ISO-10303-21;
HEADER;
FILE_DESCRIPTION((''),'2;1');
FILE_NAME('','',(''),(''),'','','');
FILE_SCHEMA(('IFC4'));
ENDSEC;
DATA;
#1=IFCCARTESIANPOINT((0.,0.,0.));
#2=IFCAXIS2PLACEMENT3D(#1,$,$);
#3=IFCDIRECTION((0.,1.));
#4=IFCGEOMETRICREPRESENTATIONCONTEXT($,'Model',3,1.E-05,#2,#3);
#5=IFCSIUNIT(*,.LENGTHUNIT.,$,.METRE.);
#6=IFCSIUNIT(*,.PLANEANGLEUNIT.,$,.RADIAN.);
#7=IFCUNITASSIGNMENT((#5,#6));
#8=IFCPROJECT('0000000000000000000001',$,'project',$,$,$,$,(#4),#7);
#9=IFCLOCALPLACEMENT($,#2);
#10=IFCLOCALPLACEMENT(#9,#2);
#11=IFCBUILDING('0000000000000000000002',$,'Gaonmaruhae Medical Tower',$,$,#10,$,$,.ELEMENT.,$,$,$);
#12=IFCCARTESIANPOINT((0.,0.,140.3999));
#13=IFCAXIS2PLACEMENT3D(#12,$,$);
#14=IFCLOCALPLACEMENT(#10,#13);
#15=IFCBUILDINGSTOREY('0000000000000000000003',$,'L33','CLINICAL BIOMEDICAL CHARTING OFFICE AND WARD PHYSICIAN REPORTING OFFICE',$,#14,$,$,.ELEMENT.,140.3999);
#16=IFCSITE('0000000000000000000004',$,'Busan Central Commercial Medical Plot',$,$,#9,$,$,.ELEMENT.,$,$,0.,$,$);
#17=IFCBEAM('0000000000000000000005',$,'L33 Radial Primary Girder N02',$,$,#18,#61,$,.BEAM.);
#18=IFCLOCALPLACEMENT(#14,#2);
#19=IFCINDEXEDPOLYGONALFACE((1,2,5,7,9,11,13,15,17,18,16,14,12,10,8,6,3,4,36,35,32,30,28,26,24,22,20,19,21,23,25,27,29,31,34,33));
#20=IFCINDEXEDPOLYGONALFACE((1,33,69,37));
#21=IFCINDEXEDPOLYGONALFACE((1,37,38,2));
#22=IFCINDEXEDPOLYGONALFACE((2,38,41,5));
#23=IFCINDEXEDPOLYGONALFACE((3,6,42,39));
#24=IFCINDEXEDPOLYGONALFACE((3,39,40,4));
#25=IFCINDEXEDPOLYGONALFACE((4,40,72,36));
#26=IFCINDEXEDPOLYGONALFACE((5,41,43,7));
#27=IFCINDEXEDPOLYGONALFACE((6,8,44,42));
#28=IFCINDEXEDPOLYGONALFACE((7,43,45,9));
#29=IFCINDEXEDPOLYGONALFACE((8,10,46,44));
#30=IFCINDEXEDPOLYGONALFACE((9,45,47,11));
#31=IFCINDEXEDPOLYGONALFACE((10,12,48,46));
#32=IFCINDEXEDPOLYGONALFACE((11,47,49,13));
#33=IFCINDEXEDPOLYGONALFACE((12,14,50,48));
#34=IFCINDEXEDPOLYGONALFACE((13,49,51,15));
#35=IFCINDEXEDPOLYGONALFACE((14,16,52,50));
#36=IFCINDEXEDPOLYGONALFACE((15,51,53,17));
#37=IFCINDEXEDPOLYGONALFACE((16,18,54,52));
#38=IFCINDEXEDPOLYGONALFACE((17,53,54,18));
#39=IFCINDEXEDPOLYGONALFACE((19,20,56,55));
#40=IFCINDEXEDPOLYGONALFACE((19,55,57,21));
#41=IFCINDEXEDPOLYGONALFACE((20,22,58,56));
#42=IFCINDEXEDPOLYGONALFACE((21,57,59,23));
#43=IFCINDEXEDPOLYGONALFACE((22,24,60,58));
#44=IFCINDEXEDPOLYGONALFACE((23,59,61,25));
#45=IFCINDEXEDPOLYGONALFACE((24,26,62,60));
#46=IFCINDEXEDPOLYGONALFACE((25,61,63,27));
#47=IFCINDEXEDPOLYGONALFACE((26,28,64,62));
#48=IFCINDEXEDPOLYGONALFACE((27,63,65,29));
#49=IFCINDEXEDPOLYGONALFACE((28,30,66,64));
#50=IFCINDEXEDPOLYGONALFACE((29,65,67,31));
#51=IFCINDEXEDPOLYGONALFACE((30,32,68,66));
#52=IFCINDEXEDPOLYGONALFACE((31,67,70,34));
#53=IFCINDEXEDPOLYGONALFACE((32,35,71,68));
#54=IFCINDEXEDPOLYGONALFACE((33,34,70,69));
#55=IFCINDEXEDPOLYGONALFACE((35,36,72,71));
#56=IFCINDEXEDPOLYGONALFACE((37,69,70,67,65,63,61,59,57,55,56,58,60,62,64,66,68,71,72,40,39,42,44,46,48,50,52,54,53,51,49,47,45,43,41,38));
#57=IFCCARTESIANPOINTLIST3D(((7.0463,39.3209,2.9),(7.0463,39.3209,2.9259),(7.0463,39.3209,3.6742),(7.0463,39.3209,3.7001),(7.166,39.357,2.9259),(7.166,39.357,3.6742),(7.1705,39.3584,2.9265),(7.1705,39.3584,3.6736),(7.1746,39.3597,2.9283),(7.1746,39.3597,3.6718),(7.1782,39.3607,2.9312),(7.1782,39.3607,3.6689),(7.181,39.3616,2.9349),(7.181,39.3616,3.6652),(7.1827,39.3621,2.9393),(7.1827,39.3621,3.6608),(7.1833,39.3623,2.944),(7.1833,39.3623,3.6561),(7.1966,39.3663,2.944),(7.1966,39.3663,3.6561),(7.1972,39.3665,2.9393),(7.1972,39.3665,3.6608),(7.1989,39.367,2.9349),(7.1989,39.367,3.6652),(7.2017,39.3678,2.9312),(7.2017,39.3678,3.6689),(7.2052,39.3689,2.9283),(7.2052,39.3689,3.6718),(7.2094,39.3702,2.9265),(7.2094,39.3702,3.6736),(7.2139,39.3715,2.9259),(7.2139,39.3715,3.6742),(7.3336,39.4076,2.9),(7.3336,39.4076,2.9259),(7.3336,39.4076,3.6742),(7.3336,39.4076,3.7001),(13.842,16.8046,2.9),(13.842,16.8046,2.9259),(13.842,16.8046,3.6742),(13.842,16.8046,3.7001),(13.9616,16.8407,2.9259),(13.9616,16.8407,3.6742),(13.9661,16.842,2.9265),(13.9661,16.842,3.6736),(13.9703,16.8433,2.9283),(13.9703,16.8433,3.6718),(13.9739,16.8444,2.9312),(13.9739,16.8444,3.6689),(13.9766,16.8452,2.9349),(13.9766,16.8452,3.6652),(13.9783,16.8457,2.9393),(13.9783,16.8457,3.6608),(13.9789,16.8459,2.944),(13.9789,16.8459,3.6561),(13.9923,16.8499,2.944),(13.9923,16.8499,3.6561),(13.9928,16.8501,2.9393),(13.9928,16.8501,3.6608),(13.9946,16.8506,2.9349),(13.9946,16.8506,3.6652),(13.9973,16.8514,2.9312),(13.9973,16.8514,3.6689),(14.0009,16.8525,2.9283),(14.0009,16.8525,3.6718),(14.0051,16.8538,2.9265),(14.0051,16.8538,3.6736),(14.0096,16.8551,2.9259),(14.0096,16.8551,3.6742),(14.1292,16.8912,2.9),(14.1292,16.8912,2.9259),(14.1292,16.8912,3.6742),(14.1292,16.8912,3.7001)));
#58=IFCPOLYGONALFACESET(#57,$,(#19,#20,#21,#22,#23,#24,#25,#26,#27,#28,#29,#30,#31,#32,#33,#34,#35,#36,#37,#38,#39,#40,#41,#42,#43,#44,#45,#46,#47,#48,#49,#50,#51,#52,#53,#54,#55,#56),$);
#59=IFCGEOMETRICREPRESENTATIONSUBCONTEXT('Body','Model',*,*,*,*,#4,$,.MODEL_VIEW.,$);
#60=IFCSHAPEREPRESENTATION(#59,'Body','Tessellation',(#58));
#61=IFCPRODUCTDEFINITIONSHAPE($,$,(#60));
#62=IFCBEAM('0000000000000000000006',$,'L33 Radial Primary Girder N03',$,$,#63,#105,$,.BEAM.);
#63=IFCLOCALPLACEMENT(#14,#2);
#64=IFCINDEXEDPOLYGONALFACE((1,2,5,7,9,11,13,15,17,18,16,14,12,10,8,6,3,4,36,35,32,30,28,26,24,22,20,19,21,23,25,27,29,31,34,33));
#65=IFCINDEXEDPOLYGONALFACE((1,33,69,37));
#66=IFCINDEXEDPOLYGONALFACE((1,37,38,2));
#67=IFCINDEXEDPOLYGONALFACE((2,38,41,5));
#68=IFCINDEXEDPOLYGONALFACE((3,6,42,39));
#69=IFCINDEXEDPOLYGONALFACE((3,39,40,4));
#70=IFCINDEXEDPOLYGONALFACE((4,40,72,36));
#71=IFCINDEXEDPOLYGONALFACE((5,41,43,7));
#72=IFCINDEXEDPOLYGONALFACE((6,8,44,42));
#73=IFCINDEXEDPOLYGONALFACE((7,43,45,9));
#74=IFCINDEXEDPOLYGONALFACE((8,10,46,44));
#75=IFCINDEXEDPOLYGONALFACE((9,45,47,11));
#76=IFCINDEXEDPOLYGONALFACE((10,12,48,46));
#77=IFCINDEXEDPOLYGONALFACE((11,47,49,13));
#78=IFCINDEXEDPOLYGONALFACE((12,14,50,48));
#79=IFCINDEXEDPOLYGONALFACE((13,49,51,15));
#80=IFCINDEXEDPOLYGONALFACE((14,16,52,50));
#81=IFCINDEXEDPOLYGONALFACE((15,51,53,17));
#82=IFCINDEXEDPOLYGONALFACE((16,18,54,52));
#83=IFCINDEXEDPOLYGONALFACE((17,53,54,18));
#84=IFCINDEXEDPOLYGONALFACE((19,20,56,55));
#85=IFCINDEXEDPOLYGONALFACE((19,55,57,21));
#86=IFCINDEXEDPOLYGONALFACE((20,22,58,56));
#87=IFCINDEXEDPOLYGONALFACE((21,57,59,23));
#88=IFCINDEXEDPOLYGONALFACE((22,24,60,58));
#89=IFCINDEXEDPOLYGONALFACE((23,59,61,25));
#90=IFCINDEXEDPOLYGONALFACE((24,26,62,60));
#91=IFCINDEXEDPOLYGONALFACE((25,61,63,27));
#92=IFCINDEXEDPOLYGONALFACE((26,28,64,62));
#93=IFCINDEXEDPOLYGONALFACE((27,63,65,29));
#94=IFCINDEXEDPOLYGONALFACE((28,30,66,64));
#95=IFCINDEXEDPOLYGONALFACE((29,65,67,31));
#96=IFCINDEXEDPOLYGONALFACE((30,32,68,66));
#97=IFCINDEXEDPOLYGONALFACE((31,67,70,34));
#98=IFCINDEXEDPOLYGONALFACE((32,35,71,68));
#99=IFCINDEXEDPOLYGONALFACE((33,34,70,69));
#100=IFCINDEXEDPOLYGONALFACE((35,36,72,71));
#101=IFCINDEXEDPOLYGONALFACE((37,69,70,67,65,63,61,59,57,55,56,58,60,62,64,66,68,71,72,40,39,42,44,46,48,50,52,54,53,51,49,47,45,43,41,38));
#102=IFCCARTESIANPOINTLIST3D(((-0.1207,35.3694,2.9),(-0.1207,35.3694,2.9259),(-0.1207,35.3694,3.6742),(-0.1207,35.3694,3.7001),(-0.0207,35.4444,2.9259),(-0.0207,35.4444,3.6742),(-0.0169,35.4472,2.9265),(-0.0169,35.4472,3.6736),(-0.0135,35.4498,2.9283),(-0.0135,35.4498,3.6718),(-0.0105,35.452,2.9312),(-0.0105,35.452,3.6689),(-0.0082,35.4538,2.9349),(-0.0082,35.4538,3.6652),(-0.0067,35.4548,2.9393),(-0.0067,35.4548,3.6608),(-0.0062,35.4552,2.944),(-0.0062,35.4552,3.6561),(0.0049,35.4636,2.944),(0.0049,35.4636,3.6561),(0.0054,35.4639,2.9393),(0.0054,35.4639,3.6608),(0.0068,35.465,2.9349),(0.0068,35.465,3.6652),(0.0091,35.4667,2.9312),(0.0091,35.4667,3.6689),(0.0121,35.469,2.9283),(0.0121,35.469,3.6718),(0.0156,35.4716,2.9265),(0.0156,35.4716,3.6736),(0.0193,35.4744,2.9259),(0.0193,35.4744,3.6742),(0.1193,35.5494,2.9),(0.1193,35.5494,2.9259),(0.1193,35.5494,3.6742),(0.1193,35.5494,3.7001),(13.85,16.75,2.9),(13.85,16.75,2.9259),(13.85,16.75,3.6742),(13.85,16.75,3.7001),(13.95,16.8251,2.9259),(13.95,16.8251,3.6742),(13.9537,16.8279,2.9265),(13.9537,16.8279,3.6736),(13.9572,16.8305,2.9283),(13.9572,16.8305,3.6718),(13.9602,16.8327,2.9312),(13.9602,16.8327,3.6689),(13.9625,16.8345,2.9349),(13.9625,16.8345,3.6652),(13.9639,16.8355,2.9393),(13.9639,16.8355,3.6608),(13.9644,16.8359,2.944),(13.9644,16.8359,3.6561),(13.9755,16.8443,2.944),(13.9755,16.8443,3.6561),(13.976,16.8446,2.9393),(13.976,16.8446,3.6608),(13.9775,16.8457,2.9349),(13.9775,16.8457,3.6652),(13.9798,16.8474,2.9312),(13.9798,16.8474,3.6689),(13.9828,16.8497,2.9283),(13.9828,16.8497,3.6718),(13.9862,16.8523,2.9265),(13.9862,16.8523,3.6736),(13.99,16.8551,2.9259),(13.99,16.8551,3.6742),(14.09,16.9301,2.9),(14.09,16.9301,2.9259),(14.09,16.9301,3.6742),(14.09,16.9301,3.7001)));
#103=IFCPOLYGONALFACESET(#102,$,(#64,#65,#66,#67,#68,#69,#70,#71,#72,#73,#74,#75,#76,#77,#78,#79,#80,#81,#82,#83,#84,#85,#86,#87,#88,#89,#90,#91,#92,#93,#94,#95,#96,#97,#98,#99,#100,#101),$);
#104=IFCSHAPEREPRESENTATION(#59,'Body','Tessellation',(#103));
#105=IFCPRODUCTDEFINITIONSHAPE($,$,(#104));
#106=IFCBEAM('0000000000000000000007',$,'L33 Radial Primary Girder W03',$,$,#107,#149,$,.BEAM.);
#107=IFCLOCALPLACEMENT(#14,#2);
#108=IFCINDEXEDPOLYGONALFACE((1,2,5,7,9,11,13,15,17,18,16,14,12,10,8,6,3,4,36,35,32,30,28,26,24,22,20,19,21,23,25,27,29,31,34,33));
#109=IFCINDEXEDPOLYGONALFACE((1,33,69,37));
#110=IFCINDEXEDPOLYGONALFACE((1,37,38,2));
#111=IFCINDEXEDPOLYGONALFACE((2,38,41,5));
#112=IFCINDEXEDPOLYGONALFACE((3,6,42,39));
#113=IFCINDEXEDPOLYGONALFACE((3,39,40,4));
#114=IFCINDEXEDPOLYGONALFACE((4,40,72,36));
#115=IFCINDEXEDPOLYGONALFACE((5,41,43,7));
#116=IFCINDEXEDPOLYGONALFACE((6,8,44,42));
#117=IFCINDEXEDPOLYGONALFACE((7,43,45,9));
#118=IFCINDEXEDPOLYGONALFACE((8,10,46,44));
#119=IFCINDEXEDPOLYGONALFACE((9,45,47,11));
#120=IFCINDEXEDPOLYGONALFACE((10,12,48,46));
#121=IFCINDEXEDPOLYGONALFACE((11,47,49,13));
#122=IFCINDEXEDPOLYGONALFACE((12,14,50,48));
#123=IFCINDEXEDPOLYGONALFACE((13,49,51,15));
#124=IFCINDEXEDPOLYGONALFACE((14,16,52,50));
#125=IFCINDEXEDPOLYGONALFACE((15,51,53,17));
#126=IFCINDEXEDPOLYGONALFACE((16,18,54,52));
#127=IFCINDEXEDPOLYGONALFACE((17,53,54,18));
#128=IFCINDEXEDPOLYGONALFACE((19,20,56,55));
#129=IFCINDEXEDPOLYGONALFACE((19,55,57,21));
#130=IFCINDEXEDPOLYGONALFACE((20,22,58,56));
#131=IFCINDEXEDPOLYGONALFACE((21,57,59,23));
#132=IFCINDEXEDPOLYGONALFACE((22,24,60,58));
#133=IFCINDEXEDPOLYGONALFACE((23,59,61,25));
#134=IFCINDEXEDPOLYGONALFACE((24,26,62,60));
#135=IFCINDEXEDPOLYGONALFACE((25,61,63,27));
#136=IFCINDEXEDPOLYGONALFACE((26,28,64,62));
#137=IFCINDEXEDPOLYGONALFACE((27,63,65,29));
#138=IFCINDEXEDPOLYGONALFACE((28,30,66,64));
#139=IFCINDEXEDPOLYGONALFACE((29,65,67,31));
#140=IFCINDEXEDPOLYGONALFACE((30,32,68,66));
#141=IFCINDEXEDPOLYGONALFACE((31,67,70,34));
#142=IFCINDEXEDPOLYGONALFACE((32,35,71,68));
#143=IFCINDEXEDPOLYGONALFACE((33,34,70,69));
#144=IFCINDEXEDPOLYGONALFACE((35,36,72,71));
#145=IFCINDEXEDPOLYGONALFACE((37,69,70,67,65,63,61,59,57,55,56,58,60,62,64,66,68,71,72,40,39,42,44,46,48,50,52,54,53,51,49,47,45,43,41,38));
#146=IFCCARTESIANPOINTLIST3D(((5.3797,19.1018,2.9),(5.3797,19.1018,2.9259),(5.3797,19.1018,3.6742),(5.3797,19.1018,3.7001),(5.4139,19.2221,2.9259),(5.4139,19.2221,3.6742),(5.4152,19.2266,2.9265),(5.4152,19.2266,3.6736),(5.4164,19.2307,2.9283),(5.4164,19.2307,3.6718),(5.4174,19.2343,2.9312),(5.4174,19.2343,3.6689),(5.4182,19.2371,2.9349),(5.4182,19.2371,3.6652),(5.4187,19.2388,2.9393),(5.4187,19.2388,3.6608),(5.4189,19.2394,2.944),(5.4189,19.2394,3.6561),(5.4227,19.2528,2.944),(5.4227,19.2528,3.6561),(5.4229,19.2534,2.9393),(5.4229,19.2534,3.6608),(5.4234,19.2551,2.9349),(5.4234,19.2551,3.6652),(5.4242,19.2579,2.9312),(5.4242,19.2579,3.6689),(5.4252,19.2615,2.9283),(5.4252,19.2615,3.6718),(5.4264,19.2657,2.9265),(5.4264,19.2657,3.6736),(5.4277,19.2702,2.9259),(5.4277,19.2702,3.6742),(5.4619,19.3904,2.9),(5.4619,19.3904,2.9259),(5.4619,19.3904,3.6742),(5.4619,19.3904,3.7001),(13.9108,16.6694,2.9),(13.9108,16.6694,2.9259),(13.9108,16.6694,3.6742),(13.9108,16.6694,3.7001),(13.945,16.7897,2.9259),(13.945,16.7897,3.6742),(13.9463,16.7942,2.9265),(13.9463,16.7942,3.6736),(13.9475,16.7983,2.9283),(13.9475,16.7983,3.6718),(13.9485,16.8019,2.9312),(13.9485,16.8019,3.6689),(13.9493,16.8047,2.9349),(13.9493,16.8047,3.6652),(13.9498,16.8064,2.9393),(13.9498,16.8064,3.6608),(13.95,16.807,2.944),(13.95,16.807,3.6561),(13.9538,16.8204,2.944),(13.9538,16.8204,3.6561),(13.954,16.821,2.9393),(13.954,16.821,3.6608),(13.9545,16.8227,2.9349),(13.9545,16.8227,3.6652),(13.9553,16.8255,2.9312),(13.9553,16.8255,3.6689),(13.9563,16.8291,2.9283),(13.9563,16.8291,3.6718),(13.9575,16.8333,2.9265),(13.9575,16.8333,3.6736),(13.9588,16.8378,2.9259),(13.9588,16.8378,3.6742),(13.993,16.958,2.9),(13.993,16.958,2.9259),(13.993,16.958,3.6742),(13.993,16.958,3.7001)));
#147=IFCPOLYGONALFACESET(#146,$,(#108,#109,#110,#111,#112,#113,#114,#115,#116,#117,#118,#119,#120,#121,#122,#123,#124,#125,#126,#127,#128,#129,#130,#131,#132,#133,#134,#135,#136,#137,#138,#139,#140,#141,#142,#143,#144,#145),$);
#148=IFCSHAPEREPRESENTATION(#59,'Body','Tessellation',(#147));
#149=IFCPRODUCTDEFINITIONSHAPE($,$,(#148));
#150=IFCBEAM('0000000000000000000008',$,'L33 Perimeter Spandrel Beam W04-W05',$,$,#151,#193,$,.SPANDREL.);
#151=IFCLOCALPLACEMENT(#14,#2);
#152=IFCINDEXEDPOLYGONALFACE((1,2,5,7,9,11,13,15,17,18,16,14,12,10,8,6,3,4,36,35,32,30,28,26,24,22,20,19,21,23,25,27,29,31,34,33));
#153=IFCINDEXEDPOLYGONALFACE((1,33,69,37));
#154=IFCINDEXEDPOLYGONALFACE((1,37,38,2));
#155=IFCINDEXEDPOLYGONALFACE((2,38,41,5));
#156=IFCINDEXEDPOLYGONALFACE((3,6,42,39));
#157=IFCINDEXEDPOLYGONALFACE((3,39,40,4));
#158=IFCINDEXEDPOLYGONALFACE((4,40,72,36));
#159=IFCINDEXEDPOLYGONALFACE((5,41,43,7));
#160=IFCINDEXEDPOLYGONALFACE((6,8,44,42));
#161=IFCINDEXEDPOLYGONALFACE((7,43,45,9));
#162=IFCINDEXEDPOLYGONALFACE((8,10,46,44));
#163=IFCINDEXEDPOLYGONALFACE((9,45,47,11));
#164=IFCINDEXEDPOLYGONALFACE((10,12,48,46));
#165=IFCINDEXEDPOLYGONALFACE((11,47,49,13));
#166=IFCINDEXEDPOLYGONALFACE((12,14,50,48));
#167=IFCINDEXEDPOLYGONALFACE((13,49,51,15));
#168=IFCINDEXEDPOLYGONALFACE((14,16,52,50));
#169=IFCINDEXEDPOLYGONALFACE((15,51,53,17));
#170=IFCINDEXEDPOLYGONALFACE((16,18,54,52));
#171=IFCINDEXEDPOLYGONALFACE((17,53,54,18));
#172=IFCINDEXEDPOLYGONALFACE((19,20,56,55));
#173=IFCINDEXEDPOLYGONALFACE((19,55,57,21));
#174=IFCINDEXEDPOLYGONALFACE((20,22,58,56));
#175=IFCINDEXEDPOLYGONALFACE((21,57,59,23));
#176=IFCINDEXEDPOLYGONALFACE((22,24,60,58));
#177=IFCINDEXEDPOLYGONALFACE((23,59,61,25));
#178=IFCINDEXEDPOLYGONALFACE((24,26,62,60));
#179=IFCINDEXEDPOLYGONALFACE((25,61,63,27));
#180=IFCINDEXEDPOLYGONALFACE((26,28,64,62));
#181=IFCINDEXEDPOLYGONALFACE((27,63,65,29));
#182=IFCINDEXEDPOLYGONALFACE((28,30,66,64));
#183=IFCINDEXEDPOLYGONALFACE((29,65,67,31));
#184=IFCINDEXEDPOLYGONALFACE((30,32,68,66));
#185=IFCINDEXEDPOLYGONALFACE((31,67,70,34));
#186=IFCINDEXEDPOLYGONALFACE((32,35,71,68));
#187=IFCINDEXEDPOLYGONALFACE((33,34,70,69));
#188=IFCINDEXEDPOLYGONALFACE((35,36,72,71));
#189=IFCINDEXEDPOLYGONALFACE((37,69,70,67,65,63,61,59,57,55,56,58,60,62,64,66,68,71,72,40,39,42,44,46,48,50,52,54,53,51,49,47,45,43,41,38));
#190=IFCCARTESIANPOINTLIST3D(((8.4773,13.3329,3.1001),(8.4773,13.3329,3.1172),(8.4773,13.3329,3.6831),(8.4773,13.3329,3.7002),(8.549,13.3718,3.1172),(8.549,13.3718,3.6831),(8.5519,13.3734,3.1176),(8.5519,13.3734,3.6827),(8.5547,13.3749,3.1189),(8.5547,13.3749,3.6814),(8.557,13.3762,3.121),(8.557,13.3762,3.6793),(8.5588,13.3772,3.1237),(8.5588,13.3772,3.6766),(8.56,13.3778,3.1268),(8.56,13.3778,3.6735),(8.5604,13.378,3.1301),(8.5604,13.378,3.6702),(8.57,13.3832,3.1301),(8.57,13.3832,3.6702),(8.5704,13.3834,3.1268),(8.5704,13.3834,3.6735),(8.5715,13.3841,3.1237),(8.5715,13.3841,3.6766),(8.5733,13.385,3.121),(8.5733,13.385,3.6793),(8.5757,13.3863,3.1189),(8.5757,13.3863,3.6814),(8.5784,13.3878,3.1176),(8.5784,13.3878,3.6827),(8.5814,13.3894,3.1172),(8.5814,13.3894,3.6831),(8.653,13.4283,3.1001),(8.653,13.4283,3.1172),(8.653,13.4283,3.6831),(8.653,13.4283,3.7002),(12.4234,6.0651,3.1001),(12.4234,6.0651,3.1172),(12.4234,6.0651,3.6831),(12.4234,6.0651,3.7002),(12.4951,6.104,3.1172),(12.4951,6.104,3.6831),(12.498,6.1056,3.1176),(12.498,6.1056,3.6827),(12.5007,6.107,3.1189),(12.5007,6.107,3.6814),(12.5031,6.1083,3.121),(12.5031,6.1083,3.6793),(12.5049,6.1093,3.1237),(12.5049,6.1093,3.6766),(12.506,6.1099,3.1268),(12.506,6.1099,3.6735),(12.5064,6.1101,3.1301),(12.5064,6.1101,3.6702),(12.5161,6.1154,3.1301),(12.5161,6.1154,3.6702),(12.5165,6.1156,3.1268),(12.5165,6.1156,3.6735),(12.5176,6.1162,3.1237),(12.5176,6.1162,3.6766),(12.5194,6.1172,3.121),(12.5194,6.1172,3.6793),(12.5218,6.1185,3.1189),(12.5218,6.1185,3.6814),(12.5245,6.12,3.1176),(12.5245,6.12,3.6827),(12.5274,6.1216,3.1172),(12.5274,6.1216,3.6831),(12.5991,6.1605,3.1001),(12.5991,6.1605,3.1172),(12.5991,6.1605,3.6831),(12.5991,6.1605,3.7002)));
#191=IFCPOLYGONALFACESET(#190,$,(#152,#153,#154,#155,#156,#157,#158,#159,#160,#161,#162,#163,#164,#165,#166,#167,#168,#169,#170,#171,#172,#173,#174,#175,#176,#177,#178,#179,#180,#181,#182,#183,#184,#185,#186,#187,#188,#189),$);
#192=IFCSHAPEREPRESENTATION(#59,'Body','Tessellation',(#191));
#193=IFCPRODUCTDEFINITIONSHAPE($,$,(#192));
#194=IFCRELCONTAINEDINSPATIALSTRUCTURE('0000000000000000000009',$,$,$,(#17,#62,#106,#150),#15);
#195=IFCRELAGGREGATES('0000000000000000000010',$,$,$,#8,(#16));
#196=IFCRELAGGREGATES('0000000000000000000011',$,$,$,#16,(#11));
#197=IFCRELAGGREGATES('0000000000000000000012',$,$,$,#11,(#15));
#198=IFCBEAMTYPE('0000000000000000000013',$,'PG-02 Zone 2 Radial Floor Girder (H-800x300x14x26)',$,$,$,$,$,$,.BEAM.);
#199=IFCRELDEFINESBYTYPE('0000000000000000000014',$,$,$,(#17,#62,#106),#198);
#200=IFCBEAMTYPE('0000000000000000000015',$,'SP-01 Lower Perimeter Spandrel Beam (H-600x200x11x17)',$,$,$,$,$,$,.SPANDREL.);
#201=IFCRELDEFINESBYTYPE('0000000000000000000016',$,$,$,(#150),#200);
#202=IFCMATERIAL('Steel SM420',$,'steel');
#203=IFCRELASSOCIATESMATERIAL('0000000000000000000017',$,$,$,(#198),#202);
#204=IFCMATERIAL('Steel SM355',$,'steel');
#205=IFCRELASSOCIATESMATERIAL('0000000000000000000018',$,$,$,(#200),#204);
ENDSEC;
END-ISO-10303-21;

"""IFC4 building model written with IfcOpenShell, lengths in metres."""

from ifc_helpers import new_model, si_unit, direction, frame, origin, origin_2d, place, context, subcontext, project, spatial, i_section, extrude, material, material_profile, profile_set, type_object, element, save


model = new_model("IFC4")

# Units and contexts
model_context = context("Model", 3, precision=1e-05, world=origin(), true_north=direction((0.0, 1.0)))
body_context = subcontext(model_context, "Body", "Model", "MODEL_VIEW")
ifc_project = project(units=[si_unit("LENGTHUNIT", "METRE"), si_unit("PLANEANGLEUNIT", "RADIAN")], contexts=[model_context])

# Site, building, storey
site_placement = place(None, origin())
site = spatial("IfcSite", under=ifc_project, at=site_placement, Name="Busan Central Commercial Medical Plot", CompositionType="ELEMENT", RefElevation=0.0)
building_placement = place(site_placement, origin())
building = spatial("IfcBuilding", under=site, at=building_placement, Name="Gaonmaruhae Medical Tower", CompositionType="ELEMENT")
storey_placement = place(building_placement, frame((0.0, 0.0, 140.3999)))
storey = spatial("IfcBuildingStorey", under=building, at=storey_placement, Name="L33", Description="CLINICAL BIOMEDICAL CHARTING OFFICE AND WARD PHYSICIAN REPORTING OFFICE", CompositionType="ELEMENT", Elevation=140.3999)

# Beams
ifc_material_1 = material(Name="Steel SM355", Category="steel")
ifc_material_2 = material(Name="Steel SM420", Category="steel")
ifc_material_profile_1 = material_profile(ifc_material_2, i_section(OverallWidth=0.3, OverallDepth=0.8, WebThickness=0.0139, FlangeThickness=0.0259, FilletRadius=0.0181, at=origin_2d()), Name="H-800x300x14x26")
ifc_profile_set_1 = profile_set([ifc_material_profile_1], Name="Steel SM420")
beam_type_1 = type_object("IfcBeamType", Name="PG-02 Zone 2 Radial Floor Girder (H-800x300x14x26)", PredefinedType="BEAM", material=ifc_profile_set_1)
beam_1_placement = place(storey_placement, frame((13.9856, 16.8479, 3.3), z_axis=(-0.288937, 0.957348, 0.0), x_axis=(-0.957348, -0.288937, 0.0)))
element("IfcBeam", 1, at=beam_1_placement, inside=storey, type_object=beam_type_1, Name="L33 Radial Primary Girder N02", PredefinedType="BEAM", context=body_context, shape_type="SweptSolid", body=[
    extrude(i_section(OverallWidth=0.3, OverallDepth=0.8, WebThickness=0.0139, FlangeThickness=0.0259, FilletRadius=0.0181, at=origin_2d()), origin(), (0.0, 0.0, 1.0), 23.5195),
])
beam_2_placement = place(storey_placement, frame((13.97, 16.8401, 3.3), z_axis=(-0.600169, 0.799873, 0.0), x_axis=(-0.799873, -0.600169, 0.0)))
element("IfcBeam", 2, at=beam_2_placement, inside=storey, type_object=beam_type_1, Name="L33 Radial Primary Girder N03", PredefinedType="BEAM", context=body_context, shape_type="SweptSolid", body=[
    extrude(i_section(OverallWidth=0.3, OverallDepth=0.8, WebThickness=0.0139, FlangeThickness=0.0259, FilletRadius=0.0181, at=origin_2d()), origin(), (0.0, 0.0, 1.0), 23.2778),
])
beam_3_placement = place(storey_placement, frame((13.9519, 16.8137, 3.3), z_axis=(-0.961674, 0.274194, 0.0), x_axis=(-0.274194, -0.961674, 0.0)))
element("IfcBeam", 3, at=beam_3_placement, inside=storey, type_object=beam_type_1, Name="L33 Radial Primary Girder W03", PredefinedType="BEAM", context=body_context, shape_type="SweptSolid", body=[
    extrude(i_section(OverallWidth=0.3, OverallDepth=0.8, WebThickness=0.0139, FlangeThickness=0.0259, FilletRadius=0.0181, at=origin_2d()), origin(), (0.0, 0.0, 1.0), 8.8711),
])
ifc_material_profile_2 = material_profile(ifc_material_1, i_section(OverallWidth=0.2, OverallDepth=0.6001, WebThickness=0.011, FlangeThickness=0.0171, FilletRadius=0.0129, at=origin_2d()), Name="H-600x200x11x17")
ifc_profile_set_2 = profile_set([ifc_material_profile_2], Name="Steel SM355")
beam_type_2 = type_object("IfcBeamType", Name="SP-01 Lower Perimeter Spandrel Beam (H-600x200x11x17)", PredefinedType="SPANDREL", material=ifc_profile_set_2)
beam_4_placement = place(storey_placement, frame((8.5652, 13.3806, 3.4001), z_axis=(0.477153, -0.87882, 0.0), x_axis=(0.87882, 0.477153, 0.0)))
element("IfcBeam", 4, at=beam_4_placement, inside=storey, type_object=beam_type_2, Name="L33 Perimeter Spandrel Beam W04-W05", PredefinedType="SPANDREL", context=body_context, shape_type="SweptSolid", body=[
    extrude(i_section(OverallWidth=0.2, OverallDepth=0.6001, WebThickness=0.011, FlangeThickness=0.0171, FilletRadius=0.0129, at=origin_2d()), origin(), (0.0, 0.0, 1.0), 8.27),
])

save(model, "model.ifc")
